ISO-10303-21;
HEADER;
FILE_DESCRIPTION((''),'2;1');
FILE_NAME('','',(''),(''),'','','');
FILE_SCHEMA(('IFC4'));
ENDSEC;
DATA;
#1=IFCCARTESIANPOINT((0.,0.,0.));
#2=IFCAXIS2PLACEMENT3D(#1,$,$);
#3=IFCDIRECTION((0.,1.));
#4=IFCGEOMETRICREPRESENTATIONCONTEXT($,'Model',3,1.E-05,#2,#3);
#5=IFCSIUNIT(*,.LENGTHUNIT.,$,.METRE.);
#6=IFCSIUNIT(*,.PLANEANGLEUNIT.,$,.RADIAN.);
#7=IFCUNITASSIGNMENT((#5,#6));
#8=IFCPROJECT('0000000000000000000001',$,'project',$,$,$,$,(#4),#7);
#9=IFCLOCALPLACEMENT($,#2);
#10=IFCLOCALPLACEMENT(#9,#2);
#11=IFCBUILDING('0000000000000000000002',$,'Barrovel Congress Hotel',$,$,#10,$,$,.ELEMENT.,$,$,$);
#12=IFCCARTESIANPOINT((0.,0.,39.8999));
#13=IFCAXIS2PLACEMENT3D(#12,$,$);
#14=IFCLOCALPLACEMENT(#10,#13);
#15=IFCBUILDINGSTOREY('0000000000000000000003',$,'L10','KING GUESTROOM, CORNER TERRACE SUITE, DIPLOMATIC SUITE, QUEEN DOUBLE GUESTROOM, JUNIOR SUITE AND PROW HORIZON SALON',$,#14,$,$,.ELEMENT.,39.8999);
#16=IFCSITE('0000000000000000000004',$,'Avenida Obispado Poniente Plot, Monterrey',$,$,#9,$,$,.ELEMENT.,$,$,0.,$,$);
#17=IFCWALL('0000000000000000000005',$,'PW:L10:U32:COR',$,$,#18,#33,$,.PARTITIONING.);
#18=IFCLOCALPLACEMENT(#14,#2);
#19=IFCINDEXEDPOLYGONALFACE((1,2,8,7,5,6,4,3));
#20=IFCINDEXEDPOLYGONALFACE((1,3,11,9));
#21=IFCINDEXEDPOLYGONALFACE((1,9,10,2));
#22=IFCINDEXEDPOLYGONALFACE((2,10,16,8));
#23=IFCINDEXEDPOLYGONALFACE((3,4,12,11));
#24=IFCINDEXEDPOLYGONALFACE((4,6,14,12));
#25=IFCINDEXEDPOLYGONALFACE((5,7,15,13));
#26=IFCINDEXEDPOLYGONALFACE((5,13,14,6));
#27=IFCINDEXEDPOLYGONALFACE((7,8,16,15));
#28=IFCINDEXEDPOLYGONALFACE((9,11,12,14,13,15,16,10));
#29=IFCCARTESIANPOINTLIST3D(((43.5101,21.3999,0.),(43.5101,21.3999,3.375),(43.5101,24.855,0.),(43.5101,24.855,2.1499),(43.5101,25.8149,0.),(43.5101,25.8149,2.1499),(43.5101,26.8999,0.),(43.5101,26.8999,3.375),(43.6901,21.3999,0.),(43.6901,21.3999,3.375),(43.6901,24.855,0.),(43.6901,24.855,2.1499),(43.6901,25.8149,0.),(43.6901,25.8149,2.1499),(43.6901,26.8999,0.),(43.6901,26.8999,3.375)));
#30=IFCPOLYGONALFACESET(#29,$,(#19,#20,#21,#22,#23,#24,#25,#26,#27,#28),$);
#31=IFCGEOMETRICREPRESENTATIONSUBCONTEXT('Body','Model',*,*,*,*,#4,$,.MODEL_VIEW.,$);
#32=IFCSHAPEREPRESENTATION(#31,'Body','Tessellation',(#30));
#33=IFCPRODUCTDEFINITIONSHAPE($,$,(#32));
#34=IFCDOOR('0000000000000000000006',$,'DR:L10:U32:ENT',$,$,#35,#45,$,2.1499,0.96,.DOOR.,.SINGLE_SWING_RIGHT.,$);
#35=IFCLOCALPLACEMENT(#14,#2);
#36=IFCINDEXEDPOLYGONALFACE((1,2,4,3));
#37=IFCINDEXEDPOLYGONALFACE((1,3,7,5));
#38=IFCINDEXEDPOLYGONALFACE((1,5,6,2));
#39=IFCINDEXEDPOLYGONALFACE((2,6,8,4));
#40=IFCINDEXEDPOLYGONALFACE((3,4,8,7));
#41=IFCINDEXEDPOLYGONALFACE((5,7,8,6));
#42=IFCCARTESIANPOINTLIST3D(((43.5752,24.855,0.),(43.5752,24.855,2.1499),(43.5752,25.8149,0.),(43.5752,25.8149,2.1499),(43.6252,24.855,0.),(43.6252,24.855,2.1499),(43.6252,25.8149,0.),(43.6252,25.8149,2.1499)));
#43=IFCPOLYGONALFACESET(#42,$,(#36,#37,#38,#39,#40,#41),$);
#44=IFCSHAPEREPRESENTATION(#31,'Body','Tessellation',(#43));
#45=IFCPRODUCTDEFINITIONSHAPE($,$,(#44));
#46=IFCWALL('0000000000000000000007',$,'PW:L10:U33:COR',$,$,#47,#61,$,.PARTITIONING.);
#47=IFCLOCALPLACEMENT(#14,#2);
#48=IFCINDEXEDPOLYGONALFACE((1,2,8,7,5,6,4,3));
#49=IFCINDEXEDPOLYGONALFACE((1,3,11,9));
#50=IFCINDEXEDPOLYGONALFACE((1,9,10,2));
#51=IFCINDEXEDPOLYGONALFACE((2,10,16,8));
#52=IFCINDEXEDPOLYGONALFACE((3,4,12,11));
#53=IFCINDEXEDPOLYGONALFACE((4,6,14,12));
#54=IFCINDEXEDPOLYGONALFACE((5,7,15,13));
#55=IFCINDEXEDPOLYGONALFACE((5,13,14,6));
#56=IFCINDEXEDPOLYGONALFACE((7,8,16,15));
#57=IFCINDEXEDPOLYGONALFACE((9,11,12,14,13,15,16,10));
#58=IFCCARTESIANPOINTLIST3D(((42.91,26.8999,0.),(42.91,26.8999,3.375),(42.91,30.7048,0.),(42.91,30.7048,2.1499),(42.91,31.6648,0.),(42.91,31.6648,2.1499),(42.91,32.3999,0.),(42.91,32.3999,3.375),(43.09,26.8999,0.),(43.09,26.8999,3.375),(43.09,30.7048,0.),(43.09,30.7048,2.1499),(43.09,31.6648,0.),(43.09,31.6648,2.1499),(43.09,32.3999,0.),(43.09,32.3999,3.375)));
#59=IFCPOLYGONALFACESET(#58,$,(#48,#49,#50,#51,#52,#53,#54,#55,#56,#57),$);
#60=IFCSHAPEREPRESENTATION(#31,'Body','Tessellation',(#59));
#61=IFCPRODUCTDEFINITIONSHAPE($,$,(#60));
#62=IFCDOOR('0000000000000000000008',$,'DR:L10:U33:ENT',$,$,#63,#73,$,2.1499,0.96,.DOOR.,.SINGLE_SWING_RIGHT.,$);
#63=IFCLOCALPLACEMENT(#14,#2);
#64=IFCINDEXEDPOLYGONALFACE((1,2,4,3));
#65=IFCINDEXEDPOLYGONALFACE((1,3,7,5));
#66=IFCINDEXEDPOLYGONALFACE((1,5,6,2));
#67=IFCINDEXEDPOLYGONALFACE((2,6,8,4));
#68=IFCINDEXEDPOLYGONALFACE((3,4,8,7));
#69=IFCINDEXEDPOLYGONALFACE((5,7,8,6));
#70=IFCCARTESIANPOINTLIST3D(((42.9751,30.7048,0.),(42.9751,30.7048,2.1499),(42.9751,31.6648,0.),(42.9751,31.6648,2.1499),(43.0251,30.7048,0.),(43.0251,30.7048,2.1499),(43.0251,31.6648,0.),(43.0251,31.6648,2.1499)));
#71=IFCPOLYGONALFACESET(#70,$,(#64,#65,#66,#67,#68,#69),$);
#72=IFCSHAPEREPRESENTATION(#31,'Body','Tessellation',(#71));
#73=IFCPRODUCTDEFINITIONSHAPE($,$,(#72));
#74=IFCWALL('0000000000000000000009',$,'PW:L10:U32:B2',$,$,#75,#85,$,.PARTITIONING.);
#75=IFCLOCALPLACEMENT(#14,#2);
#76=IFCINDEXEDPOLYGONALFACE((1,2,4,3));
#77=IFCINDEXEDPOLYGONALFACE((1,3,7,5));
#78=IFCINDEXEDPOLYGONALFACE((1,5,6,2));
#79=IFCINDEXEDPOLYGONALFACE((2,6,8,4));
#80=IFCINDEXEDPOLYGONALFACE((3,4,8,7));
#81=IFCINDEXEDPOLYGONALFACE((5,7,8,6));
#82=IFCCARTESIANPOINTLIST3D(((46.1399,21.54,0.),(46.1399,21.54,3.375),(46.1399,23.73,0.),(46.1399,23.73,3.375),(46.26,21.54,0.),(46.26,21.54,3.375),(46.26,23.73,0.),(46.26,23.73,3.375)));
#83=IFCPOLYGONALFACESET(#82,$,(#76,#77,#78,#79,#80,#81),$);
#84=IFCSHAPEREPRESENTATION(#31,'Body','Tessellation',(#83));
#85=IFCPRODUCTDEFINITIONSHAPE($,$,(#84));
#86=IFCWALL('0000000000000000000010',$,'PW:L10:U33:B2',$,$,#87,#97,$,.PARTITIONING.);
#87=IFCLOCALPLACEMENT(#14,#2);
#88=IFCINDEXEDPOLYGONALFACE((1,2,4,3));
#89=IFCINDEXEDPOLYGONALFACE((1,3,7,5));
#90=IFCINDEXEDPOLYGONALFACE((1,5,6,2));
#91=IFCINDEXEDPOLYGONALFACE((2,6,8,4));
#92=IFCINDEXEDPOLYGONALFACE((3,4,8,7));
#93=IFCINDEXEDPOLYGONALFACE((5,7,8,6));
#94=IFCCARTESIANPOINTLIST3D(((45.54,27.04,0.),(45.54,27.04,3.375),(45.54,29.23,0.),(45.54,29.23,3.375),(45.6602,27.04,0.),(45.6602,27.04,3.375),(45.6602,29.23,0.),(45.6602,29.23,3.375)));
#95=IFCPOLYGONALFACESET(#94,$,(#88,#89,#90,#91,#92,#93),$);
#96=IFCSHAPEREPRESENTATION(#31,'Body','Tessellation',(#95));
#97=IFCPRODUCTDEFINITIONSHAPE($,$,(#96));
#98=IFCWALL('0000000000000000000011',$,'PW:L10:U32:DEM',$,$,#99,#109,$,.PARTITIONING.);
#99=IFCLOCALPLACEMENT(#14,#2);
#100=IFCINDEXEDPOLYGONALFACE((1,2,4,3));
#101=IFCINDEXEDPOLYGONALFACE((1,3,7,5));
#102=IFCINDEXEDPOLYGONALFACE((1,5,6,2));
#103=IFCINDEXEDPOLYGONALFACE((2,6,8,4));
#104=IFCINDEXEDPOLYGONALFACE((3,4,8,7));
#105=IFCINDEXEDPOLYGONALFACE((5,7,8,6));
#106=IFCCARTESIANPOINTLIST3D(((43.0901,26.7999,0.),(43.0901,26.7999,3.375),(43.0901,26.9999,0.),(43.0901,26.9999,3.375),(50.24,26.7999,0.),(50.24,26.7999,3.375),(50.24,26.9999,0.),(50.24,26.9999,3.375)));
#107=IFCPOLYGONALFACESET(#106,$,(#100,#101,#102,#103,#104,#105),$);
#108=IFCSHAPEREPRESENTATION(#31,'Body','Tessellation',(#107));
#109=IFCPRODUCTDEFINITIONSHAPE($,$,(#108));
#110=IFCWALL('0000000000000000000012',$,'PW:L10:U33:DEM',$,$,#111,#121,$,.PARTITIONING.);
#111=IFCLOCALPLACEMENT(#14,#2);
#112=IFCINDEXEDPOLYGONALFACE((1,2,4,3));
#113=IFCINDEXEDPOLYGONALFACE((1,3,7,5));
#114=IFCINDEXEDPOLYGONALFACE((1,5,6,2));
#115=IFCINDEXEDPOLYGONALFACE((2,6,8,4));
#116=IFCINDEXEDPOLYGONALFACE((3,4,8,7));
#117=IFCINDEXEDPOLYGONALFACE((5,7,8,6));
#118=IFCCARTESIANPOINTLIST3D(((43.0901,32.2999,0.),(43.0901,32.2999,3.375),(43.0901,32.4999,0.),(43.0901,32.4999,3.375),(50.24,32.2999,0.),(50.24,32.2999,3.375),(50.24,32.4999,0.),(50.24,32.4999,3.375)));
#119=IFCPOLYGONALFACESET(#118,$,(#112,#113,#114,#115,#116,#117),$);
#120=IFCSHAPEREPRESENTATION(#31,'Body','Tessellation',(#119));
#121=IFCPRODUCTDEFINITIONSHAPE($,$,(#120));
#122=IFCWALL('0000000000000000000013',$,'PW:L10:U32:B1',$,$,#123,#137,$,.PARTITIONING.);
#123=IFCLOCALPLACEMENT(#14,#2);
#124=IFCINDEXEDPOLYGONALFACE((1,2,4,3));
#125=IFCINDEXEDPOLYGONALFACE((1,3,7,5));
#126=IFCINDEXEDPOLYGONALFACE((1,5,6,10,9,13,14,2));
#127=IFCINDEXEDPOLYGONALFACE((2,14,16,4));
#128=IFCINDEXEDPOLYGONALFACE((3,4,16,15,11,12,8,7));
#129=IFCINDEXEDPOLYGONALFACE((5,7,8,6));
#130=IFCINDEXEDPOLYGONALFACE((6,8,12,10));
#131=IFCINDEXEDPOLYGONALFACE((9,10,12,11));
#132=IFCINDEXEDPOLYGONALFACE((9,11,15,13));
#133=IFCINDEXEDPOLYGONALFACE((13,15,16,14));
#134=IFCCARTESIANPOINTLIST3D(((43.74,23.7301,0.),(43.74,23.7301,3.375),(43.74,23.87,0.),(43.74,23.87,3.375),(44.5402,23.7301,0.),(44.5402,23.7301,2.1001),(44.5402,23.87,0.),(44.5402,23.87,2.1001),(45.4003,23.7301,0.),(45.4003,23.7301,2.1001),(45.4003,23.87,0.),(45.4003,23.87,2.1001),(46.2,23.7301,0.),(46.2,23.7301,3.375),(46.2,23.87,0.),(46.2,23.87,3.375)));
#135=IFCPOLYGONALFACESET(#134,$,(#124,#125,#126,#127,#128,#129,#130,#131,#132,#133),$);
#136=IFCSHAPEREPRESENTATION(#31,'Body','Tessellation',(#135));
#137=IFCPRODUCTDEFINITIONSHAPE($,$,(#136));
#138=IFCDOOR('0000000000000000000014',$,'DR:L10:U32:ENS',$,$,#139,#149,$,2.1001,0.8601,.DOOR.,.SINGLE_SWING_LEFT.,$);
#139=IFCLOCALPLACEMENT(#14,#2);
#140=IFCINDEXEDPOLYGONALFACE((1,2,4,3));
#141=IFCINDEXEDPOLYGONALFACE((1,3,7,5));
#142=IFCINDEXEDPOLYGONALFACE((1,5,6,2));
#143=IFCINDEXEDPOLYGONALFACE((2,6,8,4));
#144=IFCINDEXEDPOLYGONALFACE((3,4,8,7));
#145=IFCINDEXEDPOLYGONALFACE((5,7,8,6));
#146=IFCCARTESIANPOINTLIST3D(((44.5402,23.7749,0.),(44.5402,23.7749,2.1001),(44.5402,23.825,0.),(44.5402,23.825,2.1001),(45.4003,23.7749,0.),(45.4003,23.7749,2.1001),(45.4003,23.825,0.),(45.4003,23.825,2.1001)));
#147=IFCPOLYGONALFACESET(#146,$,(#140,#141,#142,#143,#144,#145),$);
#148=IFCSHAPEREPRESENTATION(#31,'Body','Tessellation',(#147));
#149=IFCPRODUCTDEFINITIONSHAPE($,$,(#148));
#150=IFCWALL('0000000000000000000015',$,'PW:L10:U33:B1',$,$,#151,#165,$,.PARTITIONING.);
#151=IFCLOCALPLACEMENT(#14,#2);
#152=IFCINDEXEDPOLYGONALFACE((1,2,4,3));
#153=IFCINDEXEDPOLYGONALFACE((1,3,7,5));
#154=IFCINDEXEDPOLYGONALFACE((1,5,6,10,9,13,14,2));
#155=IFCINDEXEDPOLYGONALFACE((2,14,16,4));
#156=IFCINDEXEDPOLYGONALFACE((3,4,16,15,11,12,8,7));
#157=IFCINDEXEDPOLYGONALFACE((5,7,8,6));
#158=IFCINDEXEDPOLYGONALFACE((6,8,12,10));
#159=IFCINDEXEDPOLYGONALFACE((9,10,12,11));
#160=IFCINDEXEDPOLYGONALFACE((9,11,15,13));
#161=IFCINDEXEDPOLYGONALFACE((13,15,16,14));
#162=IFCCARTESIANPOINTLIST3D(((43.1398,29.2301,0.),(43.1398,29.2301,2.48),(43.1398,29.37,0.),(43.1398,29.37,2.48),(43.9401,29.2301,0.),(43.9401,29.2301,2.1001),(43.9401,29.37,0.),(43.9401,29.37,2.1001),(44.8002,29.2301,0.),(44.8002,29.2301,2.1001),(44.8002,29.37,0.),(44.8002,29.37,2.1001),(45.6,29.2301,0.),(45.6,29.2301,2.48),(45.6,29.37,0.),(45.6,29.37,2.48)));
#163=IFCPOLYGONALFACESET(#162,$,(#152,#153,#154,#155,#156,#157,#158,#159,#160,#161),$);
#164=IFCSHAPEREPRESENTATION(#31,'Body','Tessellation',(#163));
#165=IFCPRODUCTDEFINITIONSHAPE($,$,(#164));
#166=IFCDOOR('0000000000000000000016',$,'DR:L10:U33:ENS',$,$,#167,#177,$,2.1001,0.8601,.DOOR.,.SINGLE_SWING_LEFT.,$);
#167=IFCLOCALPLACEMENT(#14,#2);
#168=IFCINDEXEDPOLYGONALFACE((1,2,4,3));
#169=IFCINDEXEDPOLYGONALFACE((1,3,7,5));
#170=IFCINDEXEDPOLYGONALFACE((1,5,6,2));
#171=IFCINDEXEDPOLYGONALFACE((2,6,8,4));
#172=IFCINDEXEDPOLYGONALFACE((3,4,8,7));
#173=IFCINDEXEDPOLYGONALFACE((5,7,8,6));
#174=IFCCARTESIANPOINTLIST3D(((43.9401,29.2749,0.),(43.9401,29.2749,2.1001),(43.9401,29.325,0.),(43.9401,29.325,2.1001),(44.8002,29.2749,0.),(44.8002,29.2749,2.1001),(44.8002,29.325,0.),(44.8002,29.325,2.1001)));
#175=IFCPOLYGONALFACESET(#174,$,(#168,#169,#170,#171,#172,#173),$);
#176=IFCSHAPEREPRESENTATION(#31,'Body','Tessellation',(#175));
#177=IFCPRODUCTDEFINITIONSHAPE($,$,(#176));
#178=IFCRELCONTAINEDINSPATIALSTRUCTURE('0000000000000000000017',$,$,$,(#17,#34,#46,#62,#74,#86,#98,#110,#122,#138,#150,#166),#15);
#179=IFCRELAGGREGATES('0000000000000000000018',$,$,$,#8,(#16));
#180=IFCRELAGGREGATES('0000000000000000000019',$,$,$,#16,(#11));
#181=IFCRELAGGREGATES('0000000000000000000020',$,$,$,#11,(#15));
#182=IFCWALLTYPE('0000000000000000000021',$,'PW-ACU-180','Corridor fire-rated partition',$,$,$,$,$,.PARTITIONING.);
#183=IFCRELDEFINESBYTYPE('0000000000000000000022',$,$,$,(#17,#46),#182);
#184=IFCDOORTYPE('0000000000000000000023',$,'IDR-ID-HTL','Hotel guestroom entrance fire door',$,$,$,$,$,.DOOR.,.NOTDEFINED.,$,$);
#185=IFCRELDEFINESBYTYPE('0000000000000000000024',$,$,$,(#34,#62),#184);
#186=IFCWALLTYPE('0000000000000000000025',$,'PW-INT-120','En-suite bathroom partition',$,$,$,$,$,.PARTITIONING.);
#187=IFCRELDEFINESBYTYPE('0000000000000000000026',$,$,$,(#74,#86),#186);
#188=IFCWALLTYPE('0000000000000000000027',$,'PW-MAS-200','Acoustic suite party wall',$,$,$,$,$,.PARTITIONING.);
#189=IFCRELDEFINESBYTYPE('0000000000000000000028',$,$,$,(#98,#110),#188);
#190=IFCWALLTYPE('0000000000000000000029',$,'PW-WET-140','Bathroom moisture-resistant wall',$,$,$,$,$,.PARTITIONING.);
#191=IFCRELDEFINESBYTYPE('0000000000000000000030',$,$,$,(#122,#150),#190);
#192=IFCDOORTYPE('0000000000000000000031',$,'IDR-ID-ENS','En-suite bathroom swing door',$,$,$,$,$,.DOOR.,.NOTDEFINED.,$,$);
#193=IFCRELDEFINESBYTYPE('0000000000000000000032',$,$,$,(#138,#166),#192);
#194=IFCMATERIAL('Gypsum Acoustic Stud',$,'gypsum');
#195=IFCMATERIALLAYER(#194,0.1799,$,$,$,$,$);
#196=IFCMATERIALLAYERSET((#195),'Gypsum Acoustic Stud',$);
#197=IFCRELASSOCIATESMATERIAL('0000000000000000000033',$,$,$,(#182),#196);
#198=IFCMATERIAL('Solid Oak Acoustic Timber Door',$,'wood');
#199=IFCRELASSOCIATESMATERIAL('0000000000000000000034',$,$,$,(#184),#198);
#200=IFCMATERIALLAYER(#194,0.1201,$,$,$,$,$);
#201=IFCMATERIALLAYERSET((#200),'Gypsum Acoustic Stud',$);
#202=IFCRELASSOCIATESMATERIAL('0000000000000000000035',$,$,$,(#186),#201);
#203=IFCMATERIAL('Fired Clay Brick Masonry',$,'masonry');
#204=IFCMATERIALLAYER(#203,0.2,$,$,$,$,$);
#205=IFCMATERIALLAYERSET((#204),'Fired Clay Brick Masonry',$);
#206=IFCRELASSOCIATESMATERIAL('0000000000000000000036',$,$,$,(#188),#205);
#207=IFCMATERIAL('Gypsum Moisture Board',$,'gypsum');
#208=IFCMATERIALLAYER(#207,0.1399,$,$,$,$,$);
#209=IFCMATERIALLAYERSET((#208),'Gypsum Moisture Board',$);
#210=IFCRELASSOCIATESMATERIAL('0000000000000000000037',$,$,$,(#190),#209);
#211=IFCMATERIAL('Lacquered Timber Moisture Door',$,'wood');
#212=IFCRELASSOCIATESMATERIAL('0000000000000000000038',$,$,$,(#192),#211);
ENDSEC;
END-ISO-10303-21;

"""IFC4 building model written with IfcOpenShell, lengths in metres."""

from ifc_helpers import new_model, si_unit, direction, frame, frame_2d, origin, place, context, subcontext, project, spatial, rectangle, extrude, material, layer, layer_set, type_object, element, fill, save


model = new_model("IFC4")

# Units and contexts
model_context = context("Model", 3, precision=1e-05, world=origin(), true_north=direction((0.0, 1.0)))
body_context = subcontext(model_context, "Body", "Model", "MODEL_VIEW")
ifc_project = project(units=[si_unit("LENGTHUNIT", "METRE"), si_unit("PLANEANGLEUNIT", "RADIAN")], contexts=[model_context])

# Site, building, storey
site_placement = place(None, origin())
site = spatial("IfcSite", under=ifc_project, at=site_placement, Name="Avenida Obispado Poniente Plot, Monterrey", CompositionType="ELEMENT", RefElevation=0.0)
building_placement = place(site_placement, origin())
building = spatial("IfcBuilding", under=site, at=building_placement, Name="Barrovel Congress Hotel", CompositionType="ELEMENT")
storey_placement = place(building_placement, frame((0.0, 0.0, 39.8999)))
storey = spatial("IfcBuildingStorey", under=building, at=storey_placement, Name="L10", Description="KING GUESTROOM, CORNER TERRACE SUITE, DIPLOMATIC SUITE, QUEEN DOUBLE GUESTROOM, JUNIOR SUITE AND PROW HORIZON SALON", CompositionType="ELEMENT", Elevation=39.8999)

# Walls, openings, doors
ifc_material_1 = material(Name="Gypsum Acoustic Stud", Category="gypsum")
ifc_layer_1 = layer(ifc_material_1, 0.1799)
ifc_layer_set_1 = layer_set([ifc_layer_1], Name="Gypsum Acoustic Stud")
wall_type_1 = type_object("IfcWallType", Name="PW-ACU-180", Description="Corridor fire-rated partition", PredefinedType="PARTITIONING", material=ifc_layer_set_1)
ifc_material_2 = material(Name="Solid Oak Acoustic Timber Door", Category="wood")
door_type_1 = type_object("IfcDoorType", Name="IDR-ID-HTL", Description="Hotel guestroom entrance fire door", OperationType="NOTDEFINED", PredefinedType="DOOR", material=ifc_material_2)
wall_1_placement = place(storey_placement, frame((43.6001, 21.3999, 0.0), z_axis=(0.0, 0.0, 1.0), x_axis=(0.0, 1.0, 0.0)))
wall_1 = element("IfcWall", 1, at=wall_1_placement, inside=storey, type_object=wall_type_1, Name="PW:L10:U32:COR", PredefinedType="PARTITIONING", context=body_context, shape_type="SweptSolid", body=[
    extrude(rectangle(XDim=5.5, YDim=0.1799, at=frame_2d((2.75, 0.0))), origin(), (0.0, 0.0, 1.0), 3.375),
])
opening_1_placement = place(wall_1_placement, frame((3.4551, 0.0, 0.0)))
opening_1 = element("IfcOpeningElement", 2, at=opening_1_placement, cuts=wall_1, PredefinedType="OPENING", context=body_context, shape_type="SweptSolid", body=[
    extrude(rectangle(XDim=0.96, YDim=2.1499, at=frame_2d((0.48, 1.075))), frame((0.0, 0.1001, 0.0), z_axis=(0.0, -1.0, 0.0), x_axis=(1.0, 0.0, 0.0)), (0.0, 0.0, 1.0), 0.2),
])
door_1_placement = place(opening_1_placement, origin())
door_1 = element("IfcDoor", 3, at=door_1_placement, inside=storey, type_object=door_type_1, Name="DR:L10:U32:ENT", OperationType="SINGLE_SWING_RIGHT", OverallHeight=2.1499, OverallWidth=0.96, PredefinedType="DOOR", context=body_context, shape_type="SweptSolid", body=[
    extrude(rectangle(XDim=0.96, YDim=2.1499, at=frame_2d((0.48, 1.075))), frame((0.0, 0.0249, 0.0), z_axis=(0.0, -1.0, 0.0), x_axis=(1.0, 0.0, 0.0)), (0.0, 0.0, 1.0), 0.05),
])
fill(opening_1, door_1)
wall_2_placement = place(storey_placement, frame((43.0, 26.8999, 0.0), z_axis=(0.0, 0.0, 1.0), x_axis=(0.0, 1.0, 0.0)))
wall_2 = element("IfcWall", 4, at=wall_2_placement, inside=storey, type_object=wall_type_1, Name="PW:L10:U33:COR", PredefinedType="PARTITIONING", context=body_context, shape_type="SweptSolid", body=[
    extrude(rectangle(XDim=5.5, YDim=0.1799, at=frame_2d((2.75, 0.0))), origin(), (0.0, 0.0, 1.0), 3.375),
])
opening_2_placement = place(wall_2_placement, frame((3.8049, 0.0, 0.0)))
opening_2 = element("IfcOpeningElement", 5, at=opening_2_placement, cuts=wall_2, PredefinedType="OPENING", context=body_context, shape_type="SweptSolid", body=[
    extrude(rectangle(XDim=0.96, YDim=2.1499, at=frame_2d((0.48, 1.075))), frame((0.0, 0.1001, 0.0), z_axis=(0.0, -1.0, 0.0), x_axis=(1.0, 0.0, 0.0)), (0.0, 0.0, 1.0), 0.2),
])
door_2_placement = place(opening_2_placement, origin())
door_2 = element("IfcDoor", 6, at=door_2_placement, inside=storey, type_object=door_type_1, Name="DR:L10:U33:ENT", OperationType="SINGLE_SWING_RIGHT", OverallHeight=2.1499, OverallWidth=0.96, PredefinedType="DOOR", context=body_context, shape_type="SweptSolid", body=[
    extrude(rectangle(XDim=0.96, YDim=2.1499, at=frame_2d((0.48, 1.075))), frame((0.0, 0.0249, 0.0), z_axis=(0.0, -1.0, 0.0), x_axis=(1.0, 0.0, 0.0)), (0.0, 0.0, 1.0), 0.05),
])
fill(opening_2, door_2)

# Walls
ifc_layer_2 = layer(ifc_material_1, 0.1201)
ifc_layer_set_2 = layer_set([ifc_layer_2], Name="Gypsum Acoustic Stud")
wall_type_2 = type_object("IfcWallType", Name="PW-INT-120", Description="En-suite bathroom partition", PredefinedType="PARTITIONING", material=ifc_layer_set_2)
for number, where, z_axis, x_axis, name in (
    (7, (46.2, 21.54, 0.0), (0.0, 0.0, 1.0), (0.0, 1.0, 0.0), "PW:L10:U32:B2"),
    (8, (45.6001, 27.04, 0.0), (0.0, 0.0, 1.0), (0.0, 1.0, 0.0), "PW:L10:U33:B2"),
):
    element("IfcWall", number, at=place(storey_placement, frame(where, z_axis=z_axis, x_axis=x_axis)), inside=storey, type_object=wall_type_2, Name=name, PredefinedType="PARTITIONING", context=body_context, shape_type="SweptSolid", body=[
        extrude(rectangle(XDim=2.1899, YDim=0.1201, at=frame_2d((1.095, 0.0))), origin(), (0.0, 0.0, 1.0), 3.375),
    ])
ifc_material_3 = material(Name="Fired Clay Brick Masonry", Category="masonry")
ifc_layer_3 = layer(ifc_material_3, 0.2)
ifc_layer_set_3 = layer_set([ifc_layer_3], Name="Fired Clay Brick Masonry")
wall_type_3 = type_object("IfcWallType", Name="PW-MAS-200", Description="Acoustic suite party wall", PredefinedType="PARTITIONING", material=ifc_layer_set_3)
for number, where, z_axis, x_axis, name in (
    (9, (43.0901, 26.8999, 0.0), (0.0, 0.0, 1.0), (1.0, 0.0, 0.0), "PW:L10:U32:DEM"),
    (10, (43.0901, 32.3999, 0.0), (0.0, 0.0, 1.0), (1.0, 0.0, 0.0), "PW:L10:U33:DEM"),
):
    element("IfcWall", number, at=place(storey_placement, frame(where, z_axis=z_axis, x_axis=x_axis)), inside=storey, type_object=wall_type_3, Name=name, PredefinedType="PARTITIONING", context=body_context, shape_type="SweptSolid", body=[
        extrude(rectangle(XDim=7.1499, YDim=0.2, at=frame_2d((3.575, 0.0))), origin(), (0.0, 0.0, 1.0), 3.375),
    ])

# Walls, openings, doors
ifc_material_4 = material(Name="Gypsum Moisture Board", Category="gypsum")
ifc_layer_4 = layer(ifc_material_4, 0.1399)
ifc_layer_set_4 = layer_set([ifc_layer_4], Name="Gypsum Moisture Board")
wall_type_4 = type_object("IfcWallType", Name="PW-WET-140", Description="Bathroom moisture-resistant wall", PredefinedType="PARTITIONING", material=ifc_layer_set_4)
wall_3_placement = place(storey_placement, frame((43.74, 23.8, 0.0), z_axis=(0.0, 0.0, 1.0), x_axis=(1.0, 0.0, 0.0)))
wall_3 = element("IfcWall", 11, at=wall_3_placement, inside=storey, type_object=wall_type_4, Name="PW:L10:U32:B1", PredefinedType="PARTITIONING", context=body_context, shape_type="SweptSolid", body=[
    extrude(rectangle(XDim=2.46, YDim=0.1399, at=frame_2d((1.23, 0.0))), origin(), (0.0, 0.0, 1.0), 3.375),
])
opening_3_placement = place(wall_3_placement, frame((0.8, 0.0, 0.0)))
opening_3 = element("IfcOpeningElement", 12, at=opening_3_placement, cuts=wall_3, PredefinedType="OPENING", context=body_context, shape_type="SweptSolid", body=[
    extrude(rectangle(XDim=0.8601, YDim=2.1001, at=frame_2d((0.4302, 1.05))), frame((0.0, 0.0801, 0.0), z_axis=(0.0, -1.0, 0.0), x_axis=(1.0, 0.0, 0.0)), (0.0, 0.0, 1.0), 0.1599),
])
ifc_material_5 = material(Name="Lacquered Timber Moisture Door", Category="wood")
door_type_2 = type_object("IfcDoorType", Name="IDR-ID-ENS", Description="En-suite bathroom swing door", OperationType="NOTDEFINED", PredefinedType="DOOR", material=ifc_material_5)
door_3_placement = place(opening_3_placement, origin())
door_3 = element("IfcDoor", 13, at=door_3_placement, inside=storey, type_object=door_type_2, Name="DR:L10:U32:ENS", OperationType="SINGLE_SWING_LEFT", OverallHeight=2.1001, OverallWidth=0.8601, PredefinedType="DOOR", context=body_context, shape_type="SweptSolid", body=[
    extrude(rectangle(XDim=0.8601, YDim=2.1001, at=frame_2d((0.4302, 1.05))), frame((0.0, 0.0249, 0.0), z_axis=(0.0, -1.0, 0.0), x_axis=(1.0, 0.0, 0.0)), (0.0, 0.0, 1.0), 0.05),
])
fill(opening_3, door_3)
wall_4_placement = place(storey_placement, frame((43.1399, 29.3, 0.0), z_axis=(0.0, 0.0, 1.0), x_axis=(1.0, 0.0, 0.0)))
wall_4 = element("IfcWall", 14, at=wall_4_placement, inside=storey, type_object=wall_type_4, Name="PW:L10:U33:B1", PredefinedType="PARTITIONING", context=body_context, shape_type="SweptSolid", body=[
    extrude(rectangle(XDim=2.4602, YDim=0.1399, at=frame_2d((1.23, 0.0))), origin(), (0.0, 0.0, 1.0), 2.48),
])
opening_4_placement = place(wall_4_placement, frame((0.8, 0.0, 0.0)))
opening_4 = element("IfcOpeningElement", 15, at=opening_4_placement, cuts=wall_4, PredefinedType="OPENING", context=body_context, shape_type="SweptSolid", body=[
    extrude(rectangle(XDim=0.8601, YDim=2.1001, at=frame_2d((0.4302, 1.05))), frame((0.0, 0.0801, 0.0), z_axis=(0.0, -1.0, 0.0), x_axis=(1.0, 0.0, 0.0)), (0.0, 0.0, 1.0), 0.1599),
])
door_4_placement = place(opening_4_placement, origin())
door_4 = element("IfcDoor", 16, at=door_4_placement, inside=storey, type_object=door_type_2, Name="DR:L10:U33:ENS", OperationType="SINGLE_SWING_LEFT", OverallHeight=2.1001, OverallWidth=0.8601, PredefinedType="DOOR", context=body_context, shape_type="SweptSolid", body=[
    extrude(rectangle(XDim=0.8601, YDim=2.1001, at=frame_2d((0.4302, 1.05))), frame((0.0, 0.0249, 0.0), z_axis=(0.0, -1.0, 0.0), x_axis=(1.0, 0.0, 0.0)), (0.0, 0.0, 1.0), 0.05),
])
fill(opening_4, door_4)

save(model, "model.ifc")
